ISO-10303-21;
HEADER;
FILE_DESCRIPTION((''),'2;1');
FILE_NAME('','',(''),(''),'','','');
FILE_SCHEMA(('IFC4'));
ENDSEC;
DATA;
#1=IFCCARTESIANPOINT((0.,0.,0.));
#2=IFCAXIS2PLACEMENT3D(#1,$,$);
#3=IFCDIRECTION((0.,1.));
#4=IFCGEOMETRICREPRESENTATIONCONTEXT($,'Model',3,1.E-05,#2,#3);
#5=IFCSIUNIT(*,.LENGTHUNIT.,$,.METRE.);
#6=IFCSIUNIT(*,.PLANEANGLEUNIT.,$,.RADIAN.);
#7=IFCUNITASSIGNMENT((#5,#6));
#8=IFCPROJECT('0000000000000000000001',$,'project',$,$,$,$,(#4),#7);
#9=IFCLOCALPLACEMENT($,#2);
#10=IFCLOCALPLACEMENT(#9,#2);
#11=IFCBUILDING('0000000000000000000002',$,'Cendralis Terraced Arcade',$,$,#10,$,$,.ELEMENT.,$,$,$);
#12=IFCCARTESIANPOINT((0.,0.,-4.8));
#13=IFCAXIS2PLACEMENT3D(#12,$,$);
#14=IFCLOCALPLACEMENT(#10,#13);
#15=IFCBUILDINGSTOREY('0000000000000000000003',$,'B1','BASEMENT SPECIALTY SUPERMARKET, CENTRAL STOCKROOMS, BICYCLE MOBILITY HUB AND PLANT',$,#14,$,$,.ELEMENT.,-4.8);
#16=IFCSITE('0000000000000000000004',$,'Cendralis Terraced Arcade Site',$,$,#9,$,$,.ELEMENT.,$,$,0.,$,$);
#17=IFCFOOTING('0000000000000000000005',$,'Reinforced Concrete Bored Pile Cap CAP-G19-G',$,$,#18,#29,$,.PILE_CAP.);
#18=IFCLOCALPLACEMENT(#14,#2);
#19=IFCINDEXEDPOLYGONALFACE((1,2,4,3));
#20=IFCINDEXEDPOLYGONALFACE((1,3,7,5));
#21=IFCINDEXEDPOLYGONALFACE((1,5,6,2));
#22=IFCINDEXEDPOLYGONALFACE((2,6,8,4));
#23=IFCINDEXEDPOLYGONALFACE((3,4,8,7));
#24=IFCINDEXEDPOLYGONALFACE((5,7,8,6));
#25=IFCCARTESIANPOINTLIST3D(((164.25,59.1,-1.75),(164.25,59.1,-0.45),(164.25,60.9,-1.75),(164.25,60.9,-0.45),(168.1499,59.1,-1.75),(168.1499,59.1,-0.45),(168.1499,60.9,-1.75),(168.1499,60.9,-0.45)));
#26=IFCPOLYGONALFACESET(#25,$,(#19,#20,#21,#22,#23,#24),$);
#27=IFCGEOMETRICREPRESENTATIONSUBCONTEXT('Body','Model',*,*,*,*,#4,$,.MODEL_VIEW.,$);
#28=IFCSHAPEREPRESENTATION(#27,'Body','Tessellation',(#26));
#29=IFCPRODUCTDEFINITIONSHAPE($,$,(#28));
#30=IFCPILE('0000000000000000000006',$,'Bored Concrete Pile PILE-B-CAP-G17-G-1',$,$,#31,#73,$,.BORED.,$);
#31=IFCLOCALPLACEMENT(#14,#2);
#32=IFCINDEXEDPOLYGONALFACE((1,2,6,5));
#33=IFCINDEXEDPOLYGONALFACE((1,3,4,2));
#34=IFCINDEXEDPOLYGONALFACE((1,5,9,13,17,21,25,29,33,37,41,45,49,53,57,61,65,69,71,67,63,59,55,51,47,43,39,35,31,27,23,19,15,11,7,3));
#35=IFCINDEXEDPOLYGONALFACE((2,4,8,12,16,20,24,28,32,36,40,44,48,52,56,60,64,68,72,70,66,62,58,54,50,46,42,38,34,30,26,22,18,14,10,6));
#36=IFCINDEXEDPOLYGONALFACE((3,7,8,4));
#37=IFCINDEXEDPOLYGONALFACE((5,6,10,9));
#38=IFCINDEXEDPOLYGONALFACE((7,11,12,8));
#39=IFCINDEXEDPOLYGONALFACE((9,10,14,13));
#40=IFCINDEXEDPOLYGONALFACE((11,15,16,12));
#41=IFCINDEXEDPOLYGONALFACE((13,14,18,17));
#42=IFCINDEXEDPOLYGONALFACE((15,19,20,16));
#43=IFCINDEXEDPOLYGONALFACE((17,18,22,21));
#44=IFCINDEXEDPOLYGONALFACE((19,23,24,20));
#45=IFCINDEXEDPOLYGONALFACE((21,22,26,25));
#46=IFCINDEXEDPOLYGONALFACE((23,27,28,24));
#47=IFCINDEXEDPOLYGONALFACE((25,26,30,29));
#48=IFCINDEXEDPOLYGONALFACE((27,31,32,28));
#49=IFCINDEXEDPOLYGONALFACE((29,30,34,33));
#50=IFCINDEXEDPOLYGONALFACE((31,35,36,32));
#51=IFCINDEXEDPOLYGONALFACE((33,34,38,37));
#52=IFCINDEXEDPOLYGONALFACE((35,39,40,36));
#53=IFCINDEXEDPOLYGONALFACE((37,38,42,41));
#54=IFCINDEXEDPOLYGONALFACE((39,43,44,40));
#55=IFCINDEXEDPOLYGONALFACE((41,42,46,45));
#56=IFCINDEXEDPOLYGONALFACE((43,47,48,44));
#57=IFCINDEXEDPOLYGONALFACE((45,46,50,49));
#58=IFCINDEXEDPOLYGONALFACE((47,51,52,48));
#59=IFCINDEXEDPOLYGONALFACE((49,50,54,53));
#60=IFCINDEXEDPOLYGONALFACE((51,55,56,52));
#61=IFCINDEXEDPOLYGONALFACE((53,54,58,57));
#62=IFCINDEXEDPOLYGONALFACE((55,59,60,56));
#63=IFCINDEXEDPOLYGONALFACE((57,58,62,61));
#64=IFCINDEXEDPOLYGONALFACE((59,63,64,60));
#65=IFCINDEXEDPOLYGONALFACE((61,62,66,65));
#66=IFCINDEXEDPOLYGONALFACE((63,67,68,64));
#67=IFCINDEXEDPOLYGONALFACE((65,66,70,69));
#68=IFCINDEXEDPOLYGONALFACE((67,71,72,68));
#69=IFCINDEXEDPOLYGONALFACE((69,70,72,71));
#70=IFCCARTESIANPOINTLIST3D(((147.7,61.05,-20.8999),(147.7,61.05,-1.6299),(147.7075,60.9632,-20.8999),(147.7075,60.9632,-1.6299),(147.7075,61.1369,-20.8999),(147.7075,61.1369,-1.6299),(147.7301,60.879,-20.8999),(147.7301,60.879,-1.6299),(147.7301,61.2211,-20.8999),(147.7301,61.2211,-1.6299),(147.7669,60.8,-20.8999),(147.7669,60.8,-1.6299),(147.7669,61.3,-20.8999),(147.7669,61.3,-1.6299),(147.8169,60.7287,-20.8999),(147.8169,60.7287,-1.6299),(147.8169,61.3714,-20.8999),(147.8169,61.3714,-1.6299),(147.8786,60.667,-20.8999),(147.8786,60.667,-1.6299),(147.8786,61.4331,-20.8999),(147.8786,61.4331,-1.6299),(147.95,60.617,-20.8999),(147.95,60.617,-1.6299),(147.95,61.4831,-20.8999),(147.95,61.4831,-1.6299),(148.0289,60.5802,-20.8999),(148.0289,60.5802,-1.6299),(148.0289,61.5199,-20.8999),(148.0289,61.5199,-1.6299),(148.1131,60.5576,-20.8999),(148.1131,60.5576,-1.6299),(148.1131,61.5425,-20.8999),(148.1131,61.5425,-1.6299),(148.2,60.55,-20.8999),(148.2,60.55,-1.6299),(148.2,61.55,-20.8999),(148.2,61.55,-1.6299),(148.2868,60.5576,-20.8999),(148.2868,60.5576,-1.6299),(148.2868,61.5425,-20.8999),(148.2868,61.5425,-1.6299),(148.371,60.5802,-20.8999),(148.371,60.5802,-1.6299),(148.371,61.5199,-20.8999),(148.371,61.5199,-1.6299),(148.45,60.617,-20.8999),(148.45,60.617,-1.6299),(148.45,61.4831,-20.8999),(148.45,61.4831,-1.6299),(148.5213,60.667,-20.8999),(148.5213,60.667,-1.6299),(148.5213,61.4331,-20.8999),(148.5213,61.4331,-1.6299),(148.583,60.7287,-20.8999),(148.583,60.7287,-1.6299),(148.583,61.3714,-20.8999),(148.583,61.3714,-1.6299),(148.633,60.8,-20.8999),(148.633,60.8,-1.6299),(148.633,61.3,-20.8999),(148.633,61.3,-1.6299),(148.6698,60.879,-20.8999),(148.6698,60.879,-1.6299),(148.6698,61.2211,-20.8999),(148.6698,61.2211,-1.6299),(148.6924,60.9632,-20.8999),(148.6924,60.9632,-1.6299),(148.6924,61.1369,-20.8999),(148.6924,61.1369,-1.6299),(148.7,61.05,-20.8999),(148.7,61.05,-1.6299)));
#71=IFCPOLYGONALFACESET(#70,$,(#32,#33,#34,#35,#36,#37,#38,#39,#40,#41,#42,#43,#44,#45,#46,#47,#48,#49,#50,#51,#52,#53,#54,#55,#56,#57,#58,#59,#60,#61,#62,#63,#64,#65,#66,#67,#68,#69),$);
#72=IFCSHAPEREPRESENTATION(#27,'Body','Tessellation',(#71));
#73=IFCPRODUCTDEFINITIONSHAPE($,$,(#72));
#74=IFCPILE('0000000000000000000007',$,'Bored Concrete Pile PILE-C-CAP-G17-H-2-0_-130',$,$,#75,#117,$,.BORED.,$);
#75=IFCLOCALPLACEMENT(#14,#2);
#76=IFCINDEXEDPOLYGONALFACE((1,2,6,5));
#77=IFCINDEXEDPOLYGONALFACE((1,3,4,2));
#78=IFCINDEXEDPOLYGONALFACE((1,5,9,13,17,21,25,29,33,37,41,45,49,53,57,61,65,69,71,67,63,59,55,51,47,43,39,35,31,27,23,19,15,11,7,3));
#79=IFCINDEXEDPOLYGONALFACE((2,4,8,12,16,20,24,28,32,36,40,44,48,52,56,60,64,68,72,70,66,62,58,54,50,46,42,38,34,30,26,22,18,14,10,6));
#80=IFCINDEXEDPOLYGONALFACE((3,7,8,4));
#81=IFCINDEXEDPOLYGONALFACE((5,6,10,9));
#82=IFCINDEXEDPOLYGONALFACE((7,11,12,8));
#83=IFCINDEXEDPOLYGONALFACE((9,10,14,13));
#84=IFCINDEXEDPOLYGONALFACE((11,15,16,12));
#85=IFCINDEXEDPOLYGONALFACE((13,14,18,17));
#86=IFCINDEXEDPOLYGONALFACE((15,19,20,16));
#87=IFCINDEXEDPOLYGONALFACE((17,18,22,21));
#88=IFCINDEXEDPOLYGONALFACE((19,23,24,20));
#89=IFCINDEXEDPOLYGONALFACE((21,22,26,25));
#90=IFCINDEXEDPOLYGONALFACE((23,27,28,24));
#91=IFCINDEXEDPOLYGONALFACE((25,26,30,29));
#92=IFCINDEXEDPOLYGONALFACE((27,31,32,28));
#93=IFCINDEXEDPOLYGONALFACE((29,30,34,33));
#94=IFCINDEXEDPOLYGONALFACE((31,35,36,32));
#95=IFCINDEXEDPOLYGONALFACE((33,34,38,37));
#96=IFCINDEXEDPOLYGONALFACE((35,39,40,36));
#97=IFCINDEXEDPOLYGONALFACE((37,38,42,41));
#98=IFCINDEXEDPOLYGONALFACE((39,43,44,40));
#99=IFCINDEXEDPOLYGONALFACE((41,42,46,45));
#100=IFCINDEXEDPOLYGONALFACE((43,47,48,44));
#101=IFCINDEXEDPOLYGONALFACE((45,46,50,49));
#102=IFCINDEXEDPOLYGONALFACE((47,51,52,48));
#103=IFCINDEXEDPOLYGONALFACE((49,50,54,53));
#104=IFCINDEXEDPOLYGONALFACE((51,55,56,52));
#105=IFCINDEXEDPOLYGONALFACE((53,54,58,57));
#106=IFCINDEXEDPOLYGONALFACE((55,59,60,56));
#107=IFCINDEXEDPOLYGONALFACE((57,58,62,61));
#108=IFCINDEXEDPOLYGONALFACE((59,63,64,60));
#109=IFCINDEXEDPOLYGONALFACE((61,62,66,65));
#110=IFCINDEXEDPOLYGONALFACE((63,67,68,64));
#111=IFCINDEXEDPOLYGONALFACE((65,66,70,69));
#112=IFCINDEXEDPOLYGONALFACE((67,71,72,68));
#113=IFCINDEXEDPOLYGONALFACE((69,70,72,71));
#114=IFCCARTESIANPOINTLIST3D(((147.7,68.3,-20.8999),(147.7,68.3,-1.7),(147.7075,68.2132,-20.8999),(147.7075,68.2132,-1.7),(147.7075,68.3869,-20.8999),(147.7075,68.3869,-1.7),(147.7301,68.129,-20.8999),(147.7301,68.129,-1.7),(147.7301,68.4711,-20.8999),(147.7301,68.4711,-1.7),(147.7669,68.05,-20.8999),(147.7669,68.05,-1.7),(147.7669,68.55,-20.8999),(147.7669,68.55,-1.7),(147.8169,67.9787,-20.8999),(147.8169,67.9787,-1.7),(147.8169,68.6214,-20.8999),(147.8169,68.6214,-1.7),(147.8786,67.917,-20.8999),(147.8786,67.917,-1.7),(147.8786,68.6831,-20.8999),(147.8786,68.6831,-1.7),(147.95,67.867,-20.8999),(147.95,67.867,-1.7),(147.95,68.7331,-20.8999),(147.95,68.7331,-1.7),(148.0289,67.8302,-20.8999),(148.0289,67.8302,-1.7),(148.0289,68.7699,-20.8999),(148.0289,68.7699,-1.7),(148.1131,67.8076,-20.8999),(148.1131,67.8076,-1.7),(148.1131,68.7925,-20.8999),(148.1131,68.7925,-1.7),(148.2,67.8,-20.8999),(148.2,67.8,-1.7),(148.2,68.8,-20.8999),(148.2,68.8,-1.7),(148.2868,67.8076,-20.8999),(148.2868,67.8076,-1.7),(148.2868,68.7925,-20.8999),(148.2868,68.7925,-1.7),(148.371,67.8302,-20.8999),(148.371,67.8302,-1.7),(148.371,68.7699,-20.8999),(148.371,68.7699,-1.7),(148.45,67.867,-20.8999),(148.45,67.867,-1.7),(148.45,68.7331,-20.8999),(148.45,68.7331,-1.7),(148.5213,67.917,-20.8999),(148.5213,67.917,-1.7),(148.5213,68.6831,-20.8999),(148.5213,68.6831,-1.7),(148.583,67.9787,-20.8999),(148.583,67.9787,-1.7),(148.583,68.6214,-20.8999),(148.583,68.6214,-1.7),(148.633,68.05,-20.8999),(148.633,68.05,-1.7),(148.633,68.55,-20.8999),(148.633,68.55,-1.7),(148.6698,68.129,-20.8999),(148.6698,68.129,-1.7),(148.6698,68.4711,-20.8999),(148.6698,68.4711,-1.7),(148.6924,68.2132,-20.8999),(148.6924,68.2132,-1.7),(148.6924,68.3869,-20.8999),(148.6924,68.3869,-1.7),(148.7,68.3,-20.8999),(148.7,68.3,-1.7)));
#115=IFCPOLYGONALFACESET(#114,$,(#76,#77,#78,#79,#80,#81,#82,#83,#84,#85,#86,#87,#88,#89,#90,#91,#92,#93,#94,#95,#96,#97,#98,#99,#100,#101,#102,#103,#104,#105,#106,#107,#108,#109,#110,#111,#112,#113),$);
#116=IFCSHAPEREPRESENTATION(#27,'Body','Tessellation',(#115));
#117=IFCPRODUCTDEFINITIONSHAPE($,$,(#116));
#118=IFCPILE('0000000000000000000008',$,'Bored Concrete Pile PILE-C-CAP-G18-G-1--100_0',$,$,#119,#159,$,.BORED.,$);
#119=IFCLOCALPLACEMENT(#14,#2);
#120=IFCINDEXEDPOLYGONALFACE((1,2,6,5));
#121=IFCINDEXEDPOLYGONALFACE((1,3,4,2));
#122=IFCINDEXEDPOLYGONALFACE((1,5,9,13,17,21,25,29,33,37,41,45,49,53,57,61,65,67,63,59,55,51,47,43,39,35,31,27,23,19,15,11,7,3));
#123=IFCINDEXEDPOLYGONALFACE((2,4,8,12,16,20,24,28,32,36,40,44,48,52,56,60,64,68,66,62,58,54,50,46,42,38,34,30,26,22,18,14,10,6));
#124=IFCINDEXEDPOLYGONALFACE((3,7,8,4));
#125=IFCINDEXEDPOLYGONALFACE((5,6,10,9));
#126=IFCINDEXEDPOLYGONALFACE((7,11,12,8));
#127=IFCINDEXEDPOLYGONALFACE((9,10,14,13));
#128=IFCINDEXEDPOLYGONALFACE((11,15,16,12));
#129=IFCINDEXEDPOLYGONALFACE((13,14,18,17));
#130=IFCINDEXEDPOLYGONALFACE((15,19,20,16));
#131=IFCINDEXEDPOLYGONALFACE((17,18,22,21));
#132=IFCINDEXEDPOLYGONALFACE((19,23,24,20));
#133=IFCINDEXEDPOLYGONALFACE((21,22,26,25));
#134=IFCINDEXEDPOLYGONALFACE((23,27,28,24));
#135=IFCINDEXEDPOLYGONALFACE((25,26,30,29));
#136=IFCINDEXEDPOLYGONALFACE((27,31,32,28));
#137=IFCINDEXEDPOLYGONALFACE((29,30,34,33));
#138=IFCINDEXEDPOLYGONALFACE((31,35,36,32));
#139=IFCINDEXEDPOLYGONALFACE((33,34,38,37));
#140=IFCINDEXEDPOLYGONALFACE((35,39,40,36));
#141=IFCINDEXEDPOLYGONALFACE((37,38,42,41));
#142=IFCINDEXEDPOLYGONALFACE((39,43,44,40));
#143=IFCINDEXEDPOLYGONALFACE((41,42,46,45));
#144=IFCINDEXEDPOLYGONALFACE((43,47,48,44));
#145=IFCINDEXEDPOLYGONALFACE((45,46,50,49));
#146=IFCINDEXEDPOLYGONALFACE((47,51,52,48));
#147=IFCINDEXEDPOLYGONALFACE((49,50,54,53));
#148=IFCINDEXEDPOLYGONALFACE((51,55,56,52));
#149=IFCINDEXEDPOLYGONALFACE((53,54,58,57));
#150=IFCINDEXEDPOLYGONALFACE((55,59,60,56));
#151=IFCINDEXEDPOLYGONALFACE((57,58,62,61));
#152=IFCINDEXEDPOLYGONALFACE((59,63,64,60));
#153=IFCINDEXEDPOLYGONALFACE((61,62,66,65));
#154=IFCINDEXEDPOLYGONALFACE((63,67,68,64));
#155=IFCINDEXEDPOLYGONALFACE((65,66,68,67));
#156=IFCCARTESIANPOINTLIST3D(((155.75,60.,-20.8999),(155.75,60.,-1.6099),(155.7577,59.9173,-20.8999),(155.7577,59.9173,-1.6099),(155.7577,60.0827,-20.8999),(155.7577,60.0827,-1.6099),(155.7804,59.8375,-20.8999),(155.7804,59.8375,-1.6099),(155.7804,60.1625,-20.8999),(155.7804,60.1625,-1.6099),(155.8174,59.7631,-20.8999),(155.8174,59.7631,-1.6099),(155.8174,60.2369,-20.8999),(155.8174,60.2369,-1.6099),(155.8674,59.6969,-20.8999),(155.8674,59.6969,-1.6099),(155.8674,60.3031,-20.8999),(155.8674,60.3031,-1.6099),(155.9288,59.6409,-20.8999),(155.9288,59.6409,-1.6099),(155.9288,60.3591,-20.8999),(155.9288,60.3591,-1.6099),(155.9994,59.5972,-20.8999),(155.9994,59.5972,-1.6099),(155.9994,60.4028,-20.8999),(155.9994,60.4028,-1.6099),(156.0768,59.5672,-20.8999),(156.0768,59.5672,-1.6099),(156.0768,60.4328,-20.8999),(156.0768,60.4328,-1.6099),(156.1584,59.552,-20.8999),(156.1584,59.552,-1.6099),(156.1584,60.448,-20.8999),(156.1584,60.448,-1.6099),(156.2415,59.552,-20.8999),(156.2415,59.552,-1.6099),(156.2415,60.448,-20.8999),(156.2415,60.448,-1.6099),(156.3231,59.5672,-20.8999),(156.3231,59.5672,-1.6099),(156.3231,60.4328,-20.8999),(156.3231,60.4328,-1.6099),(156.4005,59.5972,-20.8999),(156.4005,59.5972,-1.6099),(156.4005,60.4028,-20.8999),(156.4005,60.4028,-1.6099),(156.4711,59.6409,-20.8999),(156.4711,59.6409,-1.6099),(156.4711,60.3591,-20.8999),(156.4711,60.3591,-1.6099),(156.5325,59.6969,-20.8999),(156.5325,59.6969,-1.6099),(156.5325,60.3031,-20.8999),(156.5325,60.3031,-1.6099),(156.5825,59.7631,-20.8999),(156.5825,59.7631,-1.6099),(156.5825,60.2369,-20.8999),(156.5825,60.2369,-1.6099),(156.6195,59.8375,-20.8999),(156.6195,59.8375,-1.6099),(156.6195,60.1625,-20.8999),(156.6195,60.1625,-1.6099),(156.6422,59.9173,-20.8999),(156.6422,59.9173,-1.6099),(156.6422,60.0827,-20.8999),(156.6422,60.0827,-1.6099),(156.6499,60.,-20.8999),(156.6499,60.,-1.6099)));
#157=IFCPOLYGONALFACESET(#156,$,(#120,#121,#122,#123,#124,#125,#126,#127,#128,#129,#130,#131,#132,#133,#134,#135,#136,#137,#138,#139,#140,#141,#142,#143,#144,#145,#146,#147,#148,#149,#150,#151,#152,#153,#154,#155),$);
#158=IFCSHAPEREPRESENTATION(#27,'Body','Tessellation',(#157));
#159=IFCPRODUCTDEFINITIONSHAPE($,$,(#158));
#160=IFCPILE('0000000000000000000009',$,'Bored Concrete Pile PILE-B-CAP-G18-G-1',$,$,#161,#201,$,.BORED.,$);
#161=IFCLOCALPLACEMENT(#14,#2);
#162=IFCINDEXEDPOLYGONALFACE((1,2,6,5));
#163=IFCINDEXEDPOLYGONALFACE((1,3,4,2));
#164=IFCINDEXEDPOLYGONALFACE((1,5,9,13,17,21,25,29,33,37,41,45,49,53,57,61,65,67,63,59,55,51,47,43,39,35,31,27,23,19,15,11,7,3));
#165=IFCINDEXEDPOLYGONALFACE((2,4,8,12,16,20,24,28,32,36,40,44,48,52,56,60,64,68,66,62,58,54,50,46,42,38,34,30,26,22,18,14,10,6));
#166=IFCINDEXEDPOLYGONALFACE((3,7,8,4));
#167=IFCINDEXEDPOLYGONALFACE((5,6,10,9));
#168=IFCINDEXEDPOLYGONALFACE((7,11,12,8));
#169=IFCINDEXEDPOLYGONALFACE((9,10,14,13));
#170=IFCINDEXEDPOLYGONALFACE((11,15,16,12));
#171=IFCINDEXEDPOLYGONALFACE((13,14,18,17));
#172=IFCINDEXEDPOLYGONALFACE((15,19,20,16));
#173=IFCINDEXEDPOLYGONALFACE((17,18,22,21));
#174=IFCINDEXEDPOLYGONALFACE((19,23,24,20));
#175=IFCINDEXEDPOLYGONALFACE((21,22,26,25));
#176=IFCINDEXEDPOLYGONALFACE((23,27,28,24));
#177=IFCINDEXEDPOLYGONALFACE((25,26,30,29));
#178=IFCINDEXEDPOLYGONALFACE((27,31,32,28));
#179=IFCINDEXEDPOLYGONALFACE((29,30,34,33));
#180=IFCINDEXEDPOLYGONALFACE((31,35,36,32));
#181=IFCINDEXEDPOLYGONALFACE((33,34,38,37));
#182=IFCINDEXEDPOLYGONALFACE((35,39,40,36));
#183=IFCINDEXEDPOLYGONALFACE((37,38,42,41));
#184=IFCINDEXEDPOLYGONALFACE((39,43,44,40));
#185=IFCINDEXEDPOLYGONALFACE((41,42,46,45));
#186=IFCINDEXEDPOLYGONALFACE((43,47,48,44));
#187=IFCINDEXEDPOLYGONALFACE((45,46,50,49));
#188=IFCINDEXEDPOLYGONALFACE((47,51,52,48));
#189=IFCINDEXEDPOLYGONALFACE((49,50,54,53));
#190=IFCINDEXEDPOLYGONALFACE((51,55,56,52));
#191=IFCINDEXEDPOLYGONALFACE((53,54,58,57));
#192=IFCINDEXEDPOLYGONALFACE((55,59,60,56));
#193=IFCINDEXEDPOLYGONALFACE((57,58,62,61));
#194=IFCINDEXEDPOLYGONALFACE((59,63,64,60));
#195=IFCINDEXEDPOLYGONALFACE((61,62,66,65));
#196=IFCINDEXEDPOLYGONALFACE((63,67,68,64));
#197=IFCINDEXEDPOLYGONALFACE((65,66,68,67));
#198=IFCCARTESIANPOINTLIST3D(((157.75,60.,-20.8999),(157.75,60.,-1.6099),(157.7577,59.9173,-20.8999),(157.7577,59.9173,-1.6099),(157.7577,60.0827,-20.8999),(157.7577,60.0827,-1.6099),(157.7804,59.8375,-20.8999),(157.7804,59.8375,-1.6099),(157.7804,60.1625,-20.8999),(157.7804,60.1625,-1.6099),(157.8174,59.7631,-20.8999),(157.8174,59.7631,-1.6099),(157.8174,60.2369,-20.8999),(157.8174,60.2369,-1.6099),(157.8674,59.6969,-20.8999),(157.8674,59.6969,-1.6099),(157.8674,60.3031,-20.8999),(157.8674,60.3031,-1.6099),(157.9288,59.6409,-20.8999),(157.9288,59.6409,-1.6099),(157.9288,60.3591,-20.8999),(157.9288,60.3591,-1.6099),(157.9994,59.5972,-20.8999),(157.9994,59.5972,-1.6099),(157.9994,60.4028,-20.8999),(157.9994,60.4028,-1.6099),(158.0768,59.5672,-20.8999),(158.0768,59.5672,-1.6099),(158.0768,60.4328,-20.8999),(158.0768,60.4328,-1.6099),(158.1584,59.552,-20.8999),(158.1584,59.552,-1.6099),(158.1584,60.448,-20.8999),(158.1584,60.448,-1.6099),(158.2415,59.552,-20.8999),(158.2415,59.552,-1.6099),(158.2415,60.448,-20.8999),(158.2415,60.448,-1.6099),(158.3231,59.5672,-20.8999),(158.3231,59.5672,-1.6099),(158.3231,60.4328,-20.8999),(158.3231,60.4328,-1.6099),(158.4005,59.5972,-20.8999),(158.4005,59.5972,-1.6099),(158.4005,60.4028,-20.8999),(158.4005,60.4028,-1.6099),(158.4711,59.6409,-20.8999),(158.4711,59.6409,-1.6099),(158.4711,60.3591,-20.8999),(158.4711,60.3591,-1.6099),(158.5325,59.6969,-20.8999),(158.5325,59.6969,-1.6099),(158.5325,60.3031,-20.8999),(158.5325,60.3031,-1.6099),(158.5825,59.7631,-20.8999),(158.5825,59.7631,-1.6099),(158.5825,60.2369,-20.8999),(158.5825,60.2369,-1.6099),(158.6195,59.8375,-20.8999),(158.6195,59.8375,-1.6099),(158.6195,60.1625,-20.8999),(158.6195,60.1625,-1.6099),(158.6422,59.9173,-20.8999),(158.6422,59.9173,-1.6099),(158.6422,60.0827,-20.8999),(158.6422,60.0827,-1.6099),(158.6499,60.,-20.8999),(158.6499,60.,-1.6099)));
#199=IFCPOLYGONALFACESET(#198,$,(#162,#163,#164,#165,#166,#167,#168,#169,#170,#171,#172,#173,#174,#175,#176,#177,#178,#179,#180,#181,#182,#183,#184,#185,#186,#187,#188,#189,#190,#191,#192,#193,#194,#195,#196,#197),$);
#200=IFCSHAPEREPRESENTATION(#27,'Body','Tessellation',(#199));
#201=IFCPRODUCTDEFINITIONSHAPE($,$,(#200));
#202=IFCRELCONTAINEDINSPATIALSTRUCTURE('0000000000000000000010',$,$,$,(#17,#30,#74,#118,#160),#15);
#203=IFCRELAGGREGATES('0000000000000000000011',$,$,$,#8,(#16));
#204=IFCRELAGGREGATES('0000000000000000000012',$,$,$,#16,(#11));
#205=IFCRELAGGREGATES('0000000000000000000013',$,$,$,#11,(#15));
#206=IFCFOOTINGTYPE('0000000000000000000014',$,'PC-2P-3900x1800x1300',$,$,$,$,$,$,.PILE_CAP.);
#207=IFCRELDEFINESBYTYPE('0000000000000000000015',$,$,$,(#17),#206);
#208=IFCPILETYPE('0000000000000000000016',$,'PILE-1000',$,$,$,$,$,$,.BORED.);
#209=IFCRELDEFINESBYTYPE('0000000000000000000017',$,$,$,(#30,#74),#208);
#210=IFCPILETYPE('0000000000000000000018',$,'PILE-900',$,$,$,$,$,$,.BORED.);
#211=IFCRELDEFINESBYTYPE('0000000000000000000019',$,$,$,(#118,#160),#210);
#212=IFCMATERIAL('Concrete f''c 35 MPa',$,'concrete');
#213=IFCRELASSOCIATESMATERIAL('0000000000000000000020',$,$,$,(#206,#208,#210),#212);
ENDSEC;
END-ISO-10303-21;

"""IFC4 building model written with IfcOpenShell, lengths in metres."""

from ifc_helpers import new_model, si_unit, direction, frame, origin, origin_2d, place, context, subcontext, project, spatial, rectangle, circle, extrude, material, material_profile, profile_set, type_object, element, save


model = new_model("IFC4")

# Units and contexts
model_context = context("Model", 3, precision=1e-05, world=origin(), true_north=direction((0.0, 1.0)))
body_context = subcontext(model_context, "Body", "Model", "MODEL_VIEW")
ifc_project = project(units=[si_unit("LENGTHUNIT", "METRE"), si_unit("PLANEANGLEUNIT", "RADIAN")], contexts=[model_context])

# Site, building, storey
site_placement = place(None, origin())
site = spatial("IfcSite", under=ifc_project, at=site_placement, Name="Cendralis Terraced Arcade Site", CompositionType="ELEMENT", RefElevation=0.0)
building_placement = place(site_placement, origin())
building = spatial("IfcBuilding", under=site, at=building_placement, Name="Cendralis Terraced Arcade", CompositionType="ELEMENT")
storey_placement = place(building_placement, frame((0.0, 0.0, -4.8)))
storey = spatial("IfcBuildingStorey", under=building, at=storey_placement, Name="B1", Description="BASEMENT SPECIALTY SUPERMARKET, CENTRAL STOCKROOMS, BICYCLE MOBILITY HUB AND PLANT", CompositionType="ELEMENT", Elevation=-4.8)

# Footing
ifc_material_1 = material(Name="Concrete f'c 35 MPa", Category="concrete")
footing_type_1 = type_object("IfcFootingType", Name="PC-2P-3900x1800x1300", PredefinedType="PILE_CAP", material=ifc_material_1)
footing_1_placement = place(storey_placement, frame((166.2, 60.0, -1.75), z_axis=(0.0, 0.0, 1.0), x_axis=(1.0, 0.0, 0.0)))
element("IfcFooting", 1, at=footing_1_placement, inside=storey, type_object=footing_type_1, Name="Reinforced Concrete Bored Pile Cap CAP-G19-G", PredefinedType="PILE_CAP", context=body_context, shape_type="SweptSolid", body=[
    extrude(rectangle(XDim=3.8999, YDim=1.8, at=origin_2d()), origin(), (0.0, 0.0, 1.0), 1.3),
])

# Piles
ifc_material_profile_1 = material_profile(ifc_material_1, circle(Radius=0.5, at=origin_2d()), Name="PILE-D1000", Category="LoadBearing")
ifc_profile_set_1 = profile_set([ifc_material_profile_1], Name="Concrete f'c 35 MPa")
pile_type_1 = type_object("IfcPileType", Name="PILE-1000", PredefinedType="BORED", material=ifc_profile_set_1)
pile_1_placement = place(storey_placement, frame((148.2, 61.05, -1.6299), z_axis=(0.0, 0.0, -1.0), x_axis=(1.0, 0.0, 0.0)))
element("IfcPile", 2, at=pile_1_placement, inside=storey, type_object=pile_type_1, Name="Bored Concrete Pile PILE-B-CAP-G17-G-1", PredefinedType="BORED", context=body_context, shape_type="SweptSolid", body=[
    extrude(circle(Radius=0.5, at=origin_2d()), origin(), (0.0, 0.0, 1.0), 19.27),
])
pile_2_placement = place(storey_placement, frame((148.2, 68.3, -1.7), z_axis=(0.0, 0.0, -1.0), x_axis=(1.0, 0.0, 0.0)))
element("IfcPile", 3, at=pile_2_placement, inside=storey, type_object=pile_type_1, Name="Bored Concrete Pile PILE-C-CAP-G17-H-2-0_-130", PredefinedType="BORED", context=body_context, shape_type="SweptSolid", body=[
    extrude(circle(Radius=0.5, at=origin_2d()), origin(), (0.0, 0.0, 1.0), 19.2),
])
ifc_material_profile_2 = material_profile(ifc_material_1, circle(Radius=0.45, at=origin_2d()), Name="PILE-D900", Category="LoadBearing")
ifc_profile_set_2 = profile_set([ifc_material_profile_2], Name="Concrete f'c 35 MPa")
pile_type_2 = type_object("IfcPileType", Name="PILE-900", PredefinedType="BORED", material=ifc_profile_set_2)
for number, where, z_axis, x_axis, name in (
    (4, (156.2, 60.0, -1.6099), (0.0, 0.0, -1.0), (1.0, 0.0, 0.0), "Bored Concrete Pile PILE-C-CAP-G18-G-1--100_0"),
    (5, (158.2, 60.0, -1.6099), (0.0, 0.0, -1.0), (1.0, 0.0, 0.0), "Bored Concrete Pile PILE-B-CAP-G18-G-1"),
):
    element("IfcPile", number, at=place(storey_placement, frame(where, z_axis=z_axis, x_axis=x_axis)), inside=storey, type_object=pile_type_2, Name=name, PredefinedType="BORED", context=body_context, shape_type="SweptSolid", body=[
        extrude(circle(Radius=0.45, at=origin_2d()), origin(), (0.0, 0.0, 1.0), 19.29),
    ])

save(model, "model.ifc")
